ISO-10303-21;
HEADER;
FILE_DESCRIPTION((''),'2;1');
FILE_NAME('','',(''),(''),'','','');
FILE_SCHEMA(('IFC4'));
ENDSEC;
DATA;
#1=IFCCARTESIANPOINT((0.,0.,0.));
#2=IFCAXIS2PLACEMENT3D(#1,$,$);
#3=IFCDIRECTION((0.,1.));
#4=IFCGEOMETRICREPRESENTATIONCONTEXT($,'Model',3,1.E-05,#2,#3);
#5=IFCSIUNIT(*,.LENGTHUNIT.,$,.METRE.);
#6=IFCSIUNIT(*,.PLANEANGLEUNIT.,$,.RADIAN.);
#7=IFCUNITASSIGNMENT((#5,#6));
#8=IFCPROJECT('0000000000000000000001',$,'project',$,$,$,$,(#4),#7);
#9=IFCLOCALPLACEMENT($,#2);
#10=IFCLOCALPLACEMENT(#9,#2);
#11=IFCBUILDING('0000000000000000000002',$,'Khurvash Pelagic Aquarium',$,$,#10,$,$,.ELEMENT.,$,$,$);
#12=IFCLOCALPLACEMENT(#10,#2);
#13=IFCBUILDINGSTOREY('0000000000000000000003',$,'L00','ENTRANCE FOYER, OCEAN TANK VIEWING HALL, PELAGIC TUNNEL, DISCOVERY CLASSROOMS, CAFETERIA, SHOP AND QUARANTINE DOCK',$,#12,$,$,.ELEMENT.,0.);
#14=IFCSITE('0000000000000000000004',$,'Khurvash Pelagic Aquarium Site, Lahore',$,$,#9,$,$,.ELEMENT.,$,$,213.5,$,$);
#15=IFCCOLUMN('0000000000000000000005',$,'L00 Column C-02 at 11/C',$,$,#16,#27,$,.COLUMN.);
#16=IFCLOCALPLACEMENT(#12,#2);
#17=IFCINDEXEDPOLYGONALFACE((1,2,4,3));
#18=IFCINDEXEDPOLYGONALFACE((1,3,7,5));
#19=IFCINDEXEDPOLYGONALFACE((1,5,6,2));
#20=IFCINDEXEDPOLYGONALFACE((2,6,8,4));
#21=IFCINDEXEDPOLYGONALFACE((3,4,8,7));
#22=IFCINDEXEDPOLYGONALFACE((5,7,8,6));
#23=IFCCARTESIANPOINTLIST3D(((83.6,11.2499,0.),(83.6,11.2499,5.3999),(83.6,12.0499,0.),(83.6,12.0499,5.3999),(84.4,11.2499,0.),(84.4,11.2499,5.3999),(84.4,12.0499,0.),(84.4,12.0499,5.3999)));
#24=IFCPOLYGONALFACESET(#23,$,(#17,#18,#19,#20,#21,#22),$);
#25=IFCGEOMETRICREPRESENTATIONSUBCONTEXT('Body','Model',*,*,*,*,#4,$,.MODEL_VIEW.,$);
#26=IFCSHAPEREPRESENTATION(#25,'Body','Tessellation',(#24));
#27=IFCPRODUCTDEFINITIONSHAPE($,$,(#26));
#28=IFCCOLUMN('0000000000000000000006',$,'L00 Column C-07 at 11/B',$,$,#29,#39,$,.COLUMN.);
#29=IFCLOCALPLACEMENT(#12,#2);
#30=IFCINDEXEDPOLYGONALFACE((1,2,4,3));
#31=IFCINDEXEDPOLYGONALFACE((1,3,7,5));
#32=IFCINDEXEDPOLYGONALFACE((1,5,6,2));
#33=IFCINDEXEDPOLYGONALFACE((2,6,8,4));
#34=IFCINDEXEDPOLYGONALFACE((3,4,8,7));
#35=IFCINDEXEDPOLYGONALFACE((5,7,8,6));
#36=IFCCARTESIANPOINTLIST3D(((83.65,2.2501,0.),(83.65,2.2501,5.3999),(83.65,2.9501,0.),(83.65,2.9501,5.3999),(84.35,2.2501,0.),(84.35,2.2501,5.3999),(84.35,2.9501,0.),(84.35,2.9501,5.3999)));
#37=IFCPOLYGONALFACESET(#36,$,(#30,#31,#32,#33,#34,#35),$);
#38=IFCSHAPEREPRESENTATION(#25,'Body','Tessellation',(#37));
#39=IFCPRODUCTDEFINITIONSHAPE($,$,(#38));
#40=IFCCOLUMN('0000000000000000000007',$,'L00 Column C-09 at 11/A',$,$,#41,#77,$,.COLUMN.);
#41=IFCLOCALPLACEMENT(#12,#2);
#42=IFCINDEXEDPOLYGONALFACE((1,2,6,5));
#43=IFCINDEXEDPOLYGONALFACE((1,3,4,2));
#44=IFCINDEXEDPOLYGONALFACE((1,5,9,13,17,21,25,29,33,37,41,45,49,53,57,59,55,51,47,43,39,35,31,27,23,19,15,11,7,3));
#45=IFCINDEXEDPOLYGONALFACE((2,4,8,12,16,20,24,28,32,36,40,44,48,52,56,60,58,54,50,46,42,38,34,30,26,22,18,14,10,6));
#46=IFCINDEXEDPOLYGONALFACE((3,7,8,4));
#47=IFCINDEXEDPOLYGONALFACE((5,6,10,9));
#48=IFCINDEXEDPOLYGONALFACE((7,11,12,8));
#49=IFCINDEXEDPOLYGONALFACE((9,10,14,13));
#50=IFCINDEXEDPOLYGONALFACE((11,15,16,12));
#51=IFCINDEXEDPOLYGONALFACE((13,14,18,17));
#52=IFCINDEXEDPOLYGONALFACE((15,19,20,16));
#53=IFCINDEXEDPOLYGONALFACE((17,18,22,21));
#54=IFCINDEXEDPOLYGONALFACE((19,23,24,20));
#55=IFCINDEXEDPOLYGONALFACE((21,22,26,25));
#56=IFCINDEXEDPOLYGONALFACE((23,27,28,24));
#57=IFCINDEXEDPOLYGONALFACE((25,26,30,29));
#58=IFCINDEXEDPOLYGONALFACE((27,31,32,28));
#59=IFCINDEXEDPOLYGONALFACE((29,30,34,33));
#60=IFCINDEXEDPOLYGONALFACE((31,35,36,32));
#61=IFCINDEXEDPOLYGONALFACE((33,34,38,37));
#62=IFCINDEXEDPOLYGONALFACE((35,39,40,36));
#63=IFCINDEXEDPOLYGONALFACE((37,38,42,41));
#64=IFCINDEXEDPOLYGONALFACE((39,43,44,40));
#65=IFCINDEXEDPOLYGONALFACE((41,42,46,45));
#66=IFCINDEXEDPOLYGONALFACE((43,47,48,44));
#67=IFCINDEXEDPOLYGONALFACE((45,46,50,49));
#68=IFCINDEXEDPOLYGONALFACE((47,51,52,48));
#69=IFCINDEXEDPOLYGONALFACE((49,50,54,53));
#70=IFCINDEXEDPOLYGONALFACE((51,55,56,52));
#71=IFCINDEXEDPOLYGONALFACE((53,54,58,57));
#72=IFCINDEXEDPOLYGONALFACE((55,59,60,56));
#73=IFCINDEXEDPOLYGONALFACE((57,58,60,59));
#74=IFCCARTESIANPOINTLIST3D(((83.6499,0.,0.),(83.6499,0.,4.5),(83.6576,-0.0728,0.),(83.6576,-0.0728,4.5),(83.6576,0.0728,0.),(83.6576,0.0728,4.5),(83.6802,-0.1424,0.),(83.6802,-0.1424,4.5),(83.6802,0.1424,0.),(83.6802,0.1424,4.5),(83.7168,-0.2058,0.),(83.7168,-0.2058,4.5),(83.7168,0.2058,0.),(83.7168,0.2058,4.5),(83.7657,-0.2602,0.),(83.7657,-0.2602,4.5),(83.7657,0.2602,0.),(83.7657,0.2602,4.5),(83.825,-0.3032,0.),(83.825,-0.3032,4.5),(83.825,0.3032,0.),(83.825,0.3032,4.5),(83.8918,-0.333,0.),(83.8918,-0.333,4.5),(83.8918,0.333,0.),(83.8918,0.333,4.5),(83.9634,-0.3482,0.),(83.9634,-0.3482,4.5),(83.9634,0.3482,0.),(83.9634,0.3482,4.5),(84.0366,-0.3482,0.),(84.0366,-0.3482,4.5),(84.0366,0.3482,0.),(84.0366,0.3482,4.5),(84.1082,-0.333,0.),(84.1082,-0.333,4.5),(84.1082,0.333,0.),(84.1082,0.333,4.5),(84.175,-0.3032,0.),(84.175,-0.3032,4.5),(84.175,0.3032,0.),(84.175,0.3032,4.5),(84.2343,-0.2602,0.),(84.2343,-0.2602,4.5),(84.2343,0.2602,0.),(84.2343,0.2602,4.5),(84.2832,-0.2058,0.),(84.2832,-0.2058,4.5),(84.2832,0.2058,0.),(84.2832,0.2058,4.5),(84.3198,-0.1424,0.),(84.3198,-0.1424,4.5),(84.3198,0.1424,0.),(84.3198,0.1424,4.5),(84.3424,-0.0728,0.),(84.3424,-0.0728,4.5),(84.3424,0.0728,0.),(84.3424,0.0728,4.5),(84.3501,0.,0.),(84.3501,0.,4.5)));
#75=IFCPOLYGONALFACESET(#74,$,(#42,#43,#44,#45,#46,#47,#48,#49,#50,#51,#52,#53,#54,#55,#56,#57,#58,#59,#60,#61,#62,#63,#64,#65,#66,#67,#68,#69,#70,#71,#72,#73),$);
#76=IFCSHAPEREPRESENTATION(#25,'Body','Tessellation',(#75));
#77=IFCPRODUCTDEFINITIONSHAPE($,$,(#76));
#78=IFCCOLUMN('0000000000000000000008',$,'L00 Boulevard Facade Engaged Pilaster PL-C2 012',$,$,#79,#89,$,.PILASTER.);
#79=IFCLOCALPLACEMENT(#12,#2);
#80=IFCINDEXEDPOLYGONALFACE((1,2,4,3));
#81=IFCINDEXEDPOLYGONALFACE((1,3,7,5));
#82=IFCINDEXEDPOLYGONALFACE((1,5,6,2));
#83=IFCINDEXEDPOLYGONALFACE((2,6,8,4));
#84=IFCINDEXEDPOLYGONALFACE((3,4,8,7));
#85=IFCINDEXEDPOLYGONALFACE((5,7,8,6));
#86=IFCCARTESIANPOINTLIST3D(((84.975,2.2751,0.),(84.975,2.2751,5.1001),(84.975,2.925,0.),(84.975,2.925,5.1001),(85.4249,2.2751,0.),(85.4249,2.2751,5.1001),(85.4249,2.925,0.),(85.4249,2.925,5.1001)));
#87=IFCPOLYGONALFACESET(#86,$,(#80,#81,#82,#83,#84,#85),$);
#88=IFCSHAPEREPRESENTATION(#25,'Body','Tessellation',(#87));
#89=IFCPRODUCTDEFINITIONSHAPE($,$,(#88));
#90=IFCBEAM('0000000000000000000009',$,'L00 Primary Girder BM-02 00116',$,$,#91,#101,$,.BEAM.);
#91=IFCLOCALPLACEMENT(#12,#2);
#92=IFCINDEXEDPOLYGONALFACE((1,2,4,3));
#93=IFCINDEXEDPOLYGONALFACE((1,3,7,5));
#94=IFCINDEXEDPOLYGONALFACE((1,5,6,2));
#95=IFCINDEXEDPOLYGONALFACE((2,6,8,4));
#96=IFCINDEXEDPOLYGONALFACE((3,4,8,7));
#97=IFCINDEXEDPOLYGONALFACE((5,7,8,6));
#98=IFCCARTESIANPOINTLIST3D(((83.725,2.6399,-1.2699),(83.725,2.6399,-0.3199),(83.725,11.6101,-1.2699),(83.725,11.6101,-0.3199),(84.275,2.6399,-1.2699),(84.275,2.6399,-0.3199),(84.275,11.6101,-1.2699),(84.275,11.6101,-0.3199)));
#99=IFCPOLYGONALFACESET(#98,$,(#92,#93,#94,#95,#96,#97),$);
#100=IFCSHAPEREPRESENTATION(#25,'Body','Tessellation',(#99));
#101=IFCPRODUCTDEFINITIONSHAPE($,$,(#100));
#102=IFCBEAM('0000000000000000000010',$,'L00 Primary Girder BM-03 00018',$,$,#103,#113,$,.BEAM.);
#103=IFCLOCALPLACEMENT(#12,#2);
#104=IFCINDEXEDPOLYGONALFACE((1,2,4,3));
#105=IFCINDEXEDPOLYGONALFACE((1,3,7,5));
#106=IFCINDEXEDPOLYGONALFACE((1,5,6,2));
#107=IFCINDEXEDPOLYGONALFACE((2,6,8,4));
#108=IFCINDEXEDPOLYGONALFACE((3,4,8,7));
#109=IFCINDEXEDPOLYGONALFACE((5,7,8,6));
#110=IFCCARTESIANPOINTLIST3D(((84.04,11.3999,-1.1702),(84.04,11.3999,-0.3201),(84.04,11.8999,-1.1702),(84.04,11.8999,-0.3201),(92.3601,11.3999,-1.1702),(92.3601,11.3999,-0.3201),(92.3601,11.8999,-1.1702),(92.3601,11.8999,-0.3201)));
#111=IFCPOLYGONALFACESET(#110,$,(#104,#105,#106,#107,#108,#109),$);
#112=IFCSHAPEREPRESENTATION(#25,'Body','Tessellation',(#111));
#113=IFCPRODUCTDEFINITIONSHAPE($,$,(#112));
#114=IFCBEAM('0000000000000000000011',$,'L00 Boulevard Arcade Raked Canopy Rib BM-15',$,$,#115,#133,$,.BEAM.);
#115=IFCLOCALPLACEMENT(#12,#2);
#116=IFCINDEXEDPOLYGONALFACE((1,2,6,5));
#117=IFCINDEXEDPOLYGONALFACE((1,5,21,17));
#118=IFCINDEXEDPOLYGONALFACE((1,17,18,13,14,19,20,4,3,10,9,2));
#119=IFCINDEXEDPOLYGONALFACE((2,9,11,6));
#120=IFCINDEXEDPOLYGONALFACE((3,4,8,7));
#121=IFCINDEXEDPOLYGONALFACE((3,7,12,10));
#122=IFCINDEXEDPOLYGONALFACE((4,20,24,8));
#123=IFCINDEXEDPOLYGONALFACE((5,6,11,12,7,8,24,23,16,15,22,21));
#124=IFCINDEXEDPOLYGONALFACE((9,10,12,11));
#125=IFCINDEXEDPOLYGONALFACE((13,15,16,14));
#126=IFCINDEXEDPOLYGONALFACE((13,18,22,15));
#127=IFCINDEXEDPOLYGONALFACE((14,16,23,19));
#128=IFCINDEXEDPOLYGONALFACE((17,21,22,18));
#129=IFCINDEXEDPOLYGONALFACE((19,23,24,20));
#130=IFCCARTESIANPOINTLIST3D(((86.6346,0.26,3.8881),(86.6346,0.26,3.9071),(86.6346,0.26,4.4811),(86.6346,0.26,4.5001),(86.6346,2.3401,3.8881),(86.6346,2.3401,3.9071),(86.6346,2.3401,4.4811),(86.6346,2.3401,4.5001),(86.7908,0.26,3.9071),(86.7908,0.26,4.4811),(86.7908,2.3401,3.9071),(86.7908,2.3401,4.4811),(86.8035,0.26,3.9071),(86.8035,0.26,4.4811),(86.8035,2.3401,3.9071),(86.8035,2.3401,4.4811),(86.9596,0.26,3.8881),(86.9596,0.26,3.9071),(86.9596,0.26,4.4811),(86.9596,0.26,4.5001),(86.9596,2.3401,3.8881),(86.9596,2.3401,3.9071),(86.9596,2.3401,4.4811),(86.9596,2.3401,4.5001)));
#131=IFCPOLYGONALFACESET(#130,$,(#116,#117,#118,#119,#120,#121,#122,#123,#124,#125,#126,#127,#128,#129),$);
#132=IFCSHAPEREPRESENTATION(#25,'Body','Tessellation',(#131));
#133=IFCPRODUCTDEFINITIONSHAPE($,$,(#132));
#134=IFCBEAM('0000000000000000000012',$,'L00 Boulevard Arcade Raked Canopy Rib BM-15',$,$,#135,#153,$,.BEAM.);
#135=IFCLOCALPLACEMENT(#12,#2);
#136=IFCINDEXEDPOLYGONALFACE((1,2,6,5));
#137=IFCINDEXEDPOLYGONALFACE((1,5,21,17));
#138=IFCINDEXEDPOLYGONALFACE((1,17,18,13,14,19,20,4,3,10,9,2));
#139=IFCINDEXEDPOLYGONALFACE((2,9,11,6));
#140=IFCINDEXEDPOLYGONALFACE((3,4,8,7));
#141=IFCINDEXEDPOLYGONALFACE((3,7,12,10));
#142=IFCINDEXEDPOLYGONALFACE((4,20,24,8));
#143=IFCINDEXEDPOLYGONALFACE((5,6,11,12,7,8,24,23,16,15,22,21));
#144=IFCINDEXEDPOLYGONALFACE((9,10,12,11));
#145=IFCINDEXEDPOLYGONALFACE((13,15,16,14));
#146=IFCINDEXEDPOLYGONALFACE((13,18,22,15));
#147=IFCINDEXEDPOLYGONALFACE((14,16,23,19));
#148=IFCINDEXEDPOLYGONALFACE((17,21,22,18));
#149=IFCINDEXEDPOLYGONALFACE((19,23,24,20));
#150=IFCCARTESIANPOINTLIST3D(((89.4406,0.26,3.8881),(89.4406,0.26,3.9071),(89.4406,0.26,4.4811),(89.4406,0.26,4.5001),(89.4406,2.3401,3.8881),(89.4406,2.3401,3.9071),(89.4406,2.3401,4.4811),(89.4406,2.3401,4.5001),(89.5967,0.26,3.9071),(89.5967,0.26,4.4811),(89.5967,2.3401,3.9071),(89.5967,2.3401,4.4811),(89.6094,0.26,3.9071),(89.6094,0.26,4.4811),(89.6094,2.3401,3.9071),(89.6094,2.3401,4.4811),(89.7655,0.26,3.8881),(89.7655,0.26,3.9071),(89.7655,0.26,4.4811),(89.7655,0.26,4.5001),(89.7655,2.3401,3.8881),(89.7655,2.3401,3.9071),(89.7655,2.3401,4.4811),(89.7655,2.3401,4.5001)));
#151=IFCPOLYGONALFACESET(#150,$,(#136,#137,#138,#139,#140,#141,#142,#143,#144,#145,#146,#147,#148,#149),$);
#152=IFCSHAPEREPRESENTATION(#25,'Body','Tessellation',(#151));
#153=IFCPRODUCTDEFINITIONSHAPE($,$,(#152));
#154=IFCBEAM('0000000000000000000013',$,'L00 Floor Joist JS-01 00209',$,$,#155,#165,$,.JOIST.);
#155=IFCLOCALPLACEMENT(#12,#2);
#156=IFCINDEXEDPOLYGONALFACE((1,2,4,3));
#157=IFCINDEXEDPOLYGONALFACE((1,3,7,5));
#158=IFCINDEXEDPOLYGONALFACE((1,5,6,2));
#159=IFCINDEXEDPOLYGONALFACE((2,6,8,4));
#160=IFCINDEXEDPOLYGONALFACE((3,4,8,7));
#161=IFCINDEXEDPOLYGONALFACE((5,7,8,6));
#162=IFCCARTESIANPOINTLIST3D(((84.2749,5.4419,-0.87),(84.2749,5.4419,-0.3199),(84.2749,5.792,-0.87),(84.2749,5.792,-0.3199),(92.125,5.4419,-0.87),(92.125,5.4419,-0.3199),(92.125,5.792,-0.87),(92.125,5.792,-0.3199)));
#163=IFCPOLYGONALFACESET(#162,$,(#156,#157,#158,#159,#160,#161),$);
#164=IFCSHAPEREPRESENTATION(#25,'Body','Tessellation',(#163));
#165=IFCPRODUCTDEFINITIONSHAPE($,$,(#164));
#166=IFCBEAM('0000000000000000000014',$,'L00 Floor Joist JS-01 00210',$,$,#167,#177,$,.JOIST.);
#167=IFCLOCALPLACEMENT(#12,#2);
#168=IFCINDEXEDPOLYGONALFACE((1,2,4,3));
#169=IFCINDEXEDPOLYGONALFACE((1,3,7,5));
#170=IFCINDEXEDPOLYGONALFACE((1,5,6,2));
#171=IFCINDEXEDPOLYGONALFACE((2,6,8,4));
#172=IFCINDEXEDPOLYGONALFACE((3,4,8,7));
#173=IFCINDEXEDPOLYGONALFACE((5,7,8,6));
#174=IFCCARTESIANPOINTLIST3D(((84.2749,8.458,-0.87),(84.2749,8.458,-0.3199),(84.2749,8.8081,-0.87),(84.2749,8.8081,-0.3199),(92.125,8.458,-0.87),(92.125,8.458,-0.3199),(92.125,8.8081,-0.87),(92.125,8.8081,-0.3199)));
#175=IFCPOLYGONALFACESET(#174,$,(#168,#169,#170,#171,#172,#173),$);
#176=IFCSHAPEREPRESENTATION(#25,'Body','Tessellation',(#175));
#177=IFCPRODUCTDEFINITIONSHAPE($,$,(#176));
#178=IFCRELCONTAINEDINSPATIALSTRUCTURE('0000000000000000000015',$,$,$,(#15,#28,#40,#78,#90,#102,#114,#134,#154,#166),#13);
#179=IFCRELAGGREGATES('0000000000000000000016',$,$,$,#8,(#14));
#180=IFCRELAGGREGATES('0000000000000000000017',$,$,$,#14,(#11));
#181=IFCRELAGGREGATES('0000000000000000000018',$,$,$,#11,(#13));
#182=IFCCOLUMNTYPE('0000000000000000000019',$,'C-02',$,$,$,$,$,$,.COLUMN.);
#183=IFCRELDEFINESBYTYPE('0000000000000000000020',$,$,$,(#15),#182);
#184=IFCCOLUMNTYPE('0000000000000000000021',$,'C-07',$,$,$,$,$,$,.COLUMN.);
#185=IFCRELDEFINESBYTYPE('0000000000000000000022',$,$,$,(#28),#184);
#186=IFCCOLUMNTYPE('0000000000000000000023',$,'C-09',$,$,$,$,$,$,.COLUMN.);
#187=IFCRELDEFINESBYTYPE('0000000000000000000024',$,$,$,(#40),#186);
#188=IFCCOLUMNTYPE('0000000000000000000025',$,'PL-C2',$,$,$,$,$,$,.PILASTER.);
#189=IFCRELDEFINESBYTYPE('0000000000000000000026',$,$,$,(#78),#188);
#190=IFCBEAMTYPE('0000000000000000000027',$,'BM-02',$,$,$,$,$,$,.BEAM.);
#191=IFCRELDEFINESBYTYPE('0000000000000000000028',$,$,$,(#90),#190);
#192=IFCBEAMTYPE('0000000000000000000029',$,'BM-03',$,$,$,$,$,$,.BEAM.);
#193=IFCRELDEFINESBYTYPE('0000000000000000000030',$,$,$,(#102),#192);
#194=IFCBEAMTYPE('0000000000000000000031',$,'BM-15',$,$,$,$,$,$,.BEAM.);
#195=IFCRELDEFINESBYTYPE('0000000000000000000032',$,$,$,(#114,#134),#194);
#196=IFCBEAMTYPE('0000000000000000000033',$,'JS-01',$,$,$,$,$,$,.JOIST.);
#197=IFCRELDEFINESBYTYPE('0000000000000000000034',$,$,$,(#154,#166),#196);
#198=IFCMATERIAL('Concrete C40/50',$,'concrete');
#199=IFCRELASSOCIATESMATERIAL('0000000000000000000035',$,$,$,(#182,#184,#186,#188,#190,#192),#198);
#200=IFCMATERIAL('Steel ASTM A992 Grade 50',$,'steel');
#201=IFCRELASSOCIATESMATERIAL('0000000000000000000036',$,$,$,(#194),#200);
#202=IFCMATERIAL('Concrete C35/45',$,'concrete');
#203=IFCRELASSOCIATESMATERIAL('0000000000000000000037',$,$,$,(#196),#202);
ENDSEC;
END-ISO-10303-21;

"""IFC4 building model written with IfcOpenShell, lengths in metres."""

from ifc_helpers import new_model, si_unit, direction, frame, origin, origin_2d, place, context, subcontext, project, spatial, rectangle, circle, i_section, extrude, material, material_profile, profile_set, type_object, element, save


model = new_model("IFC4")

# Units and contexts
model_context = context("Model", 3, precision=1e-05, world=origin(), true_north=direction((0.0, 1.0)))
body_context = subcontext(model_context, "Body", "Model", "MODEL_VIEW")
ifc_project = project(units=[si_unit("LENGTHUNIT", "METRE"), si_unit("PLANEANGLEUNIT", "RADIAN")], contexts=[model_context])

# Site, building, storey
site_placement = place(None, origin())
site = spatial("IfcSite", under=ifc_project, at=site_placement, Name="Khurvash Pelagic Aquarium Site, Lahore", CompositionType="ELEMENT", RefElevation=213.5)
building_placement = place(site_placement, origin())
building = spatial("IfcBuilding", under=site, at=building_placement, Name="Khurvash Pelagic Aquarium", CompositionType="ELEMENT")
storey_placement = place(building_placement, origin())
storey = spatial("IfcBuildingStorey", under=building, at=storey_placement, Name="L00", Description="ENTRANCE FOYER, OCEAN TANK VIEWING HALL, PELAGIC TUNNEL, DISCOVERY CLASSROOMS, CAFETERIA, SHOP AND QUARANTINE DOCK", CompositionType="ELEMENT", Elevation=0.0)

# Columns
ifc_material_1 = material(Name="Concrete C40/50", Category="concrete")
ifc_material_profile_1 = material_profile(ifc_material_1, rectangle(XDim=0.8, YDim=0.8, at=origin_2d()), Name="RC800X800")
ifc_profile_set_1 = profile_set([ifc_material_profile_1], Name="Concrete C40/50")
column_type_1 = type_object("IfcColumnType", Name="C-02", PredefinedType="COLUMN", material=ifc_profile_set_1)
column_1_placement = place(storey_placement, frame((84.0, 11.6499, 0.0), z_axis=(0.0, 0.0, 1.0), x_axis=(1.0, 0.0, 0.0)))
element("IfcColumn", 1, at=column_1_placement, inside=storey, type_object=column_type_1, Name="L00 Column C-02 at 11/C", PredefinedType="COLUMN", context=body_context, shape_type="SweptSolid", body=[
    extrude(rectangle(XDim=0.8, YDim=0.8, at=origin_2d()), origin(), (0.0, 0.0, 1.0), 5.3999),
])
ifc_material_profile_2 = material_profile(ifc_material_1, rectangle(XDim=0.7, YDim=0.7, at=origin_2d()), Name="RC700X700")
ifc_profile_set_2 = profile_set([ifc_material_profile_2], Name="Concrete C40/50")
column_type_2 = type_object("IfcColumnType", Name="C-07", PredefinedType="COLUMN", material=ifc_profile_set_2)
column_2_placement = place(storey_placement, frame((84.0, 2.6001, 0.0), z_axis=(0.0, 0.0, 1.0), x_axis=(1.0, 0.0, 0.0)))
element("IfcColumn", 2, at=column_2_placement, inside=storey, type_object=column_type_2, Name="L00 Column C-07 at 11/B", PredefinedType="COLUMN", context=body_context, shape_type="SweptSolid", body=[
    extrude(rectangle(XDim=0.7, YDim=0.7, at=origin_2d()), origin(), (0.0, 0.0, 1.0), 5.3999),
])
ifc_material_profile_3 = material_profile(ifc_material_1, circle(Radius=0.3501, at=origin_2d()), Name="RC700D")
ifc_profile_set_3 = profile_set([ifc_material_profile_3], Name="Concrete C40/50")
column_type_3 = type_object("IfcColumnType", Name="C-09", PredefinedType="COLUMN", material=ifc_profile_set_3)
column_3_placement = place(storey_placement, frame((84.0, 0.0, 0.0), z_axis=(0.0, 0.0, 1.0), x_axis=(1.0, 0.0, 0.0)))
element("IfcColumn", 3, at=column_3_placement, inside=storey, type_object=column_type_3, Name="L00 Column C-09 at 11/A", PredefinedType="COLUMN", context=body_context, shape_type="SweptSolid", body=[
    extrude(circle(Radius=0.3501, at=origin_2d()), origin(), (0.0, 0.0, 1.0), 4.5),
])
ifc_material_profile_4 = material_profile(ifc_material_1, rectangle(XDim=0.45, YDim=0.6499, at=origin_2d()), Name="RC450X650")
ifc_profile_set_4 = profile_set([ifc_material_profile_4], Name="Concrete C40/50")
column_type_4 = type_object("IfcColumnType", Name="PL-C2", PredefinedType="PILASTER", material=ifc_profile_set_4)
column_4_placement = place(storey_placement, frame((85.2, 2.6001, 0.0), z_axis=(0.0, 0.0, 1.0), x_axis=(1.0, 0.0, 0.0)))
element("IfcColumn", 4, at=column_4_placement, inside=storey, type_object=column_type_4, Name="L00 Boulevard Facade Engaged Pilaster PL-C2 012", PredefinedType="PILASTER", context=body_context, shape_type="SweptSolid", body=[
    extrude(rectangle(XDim=0.45, YDim=0.6499, at=origin_2d()), origin(), (0.0, 0.0, 1.0), 5.1001),
])

# Beams
ifc_material_profile_5 = material_profile(ifc_material_1, rectangle(XDim=0.55, YDim=0.95, at=origin_2d()), Name="RC550X950")
ifc_profile_set_5 = profile_set([ifc_material_profile_5], Name="Concrete C40/50")
beam_type_1 = type_object("IfcBeamType", Name="BM-02", PredefinedType="BEAM", material=ifc_profile_set_5)
beam_1_placement = place(storey_placement, frame((84.0, 2.6399, -0.7949), z_axis=(0.0, 1.0, 0.0), x_axis=(-1.0, 0.0, 0.0)))
element("IfcBeam", 5, at=beam_1_placement, inside=storey, type_object=beam_type_1, Name="L00 Primary Girder BM-02 00116", PredefinedType="BEAM", context=body_context, shape_type="SweptSolid", body=[
    extrude(rectangle(XDim=0.55, YDim=0.95, at=origin_2d()), origin(), (0.0, 0.0, 1.0), 8.9702),
])
ifc_material_profile_6 = material_profile(ifc_material_1, rectangle(XDim=0.5, YDim=0.8501, at=origin_2d()), Name="RC500X850")
ifc_profile_set_6 = profile_set([ifc_material_profile_6], Name="Concrete C40/50")
beam_type_2 = type_object("IfcBeamType", Name="BM-03", PredefinedType="BEAM", material=ifc_profile_set_6)
beam_2_placement = place(storey_placement, frame((84.04, 11.6499, -0.7451), z_axis=(1.0, 0.0, 0.0), x_axis=(0.0, 1.0, 0.0)))
element("IfcBeam", 6, at=beam_2_placement, inside=storey, type_object=beam_type_2, Name="L00 Primary Girder BM-03 00018", PredefinedType="BEAM", context=body_context, shape_type="SweptSolid", body=[
    extrude(rectangle(XDim=0.5, YDim=0.8501, at=origin_2d()), origin(), (0.0, 0.0, 1.0), 8.3201),
])
ifc_material_2 = material(Name="Steel ASTM A992 Grade 50", Category="steel")
ifc_material_profile_7 = material_profile(ifc_material_2, i_section(OverallWidth=0.325, OverallDepth=0.6121, WebThickness=0.0127, FlangeThickness=0.019, at=origin_2d()), Name="W24X104")
ifc_profile_set_7 = profile_set([ifc_material_profile_7], Name="Steel ASTM A992 Grade 50")
beam_type_3 = type_object("IfcBeamType", Name="BM-15", PredefinedType="BEAM", material=ifc_profile_set_7)
for number, where, z_axis, x_axis, name in (
    (7, (86.7971, 2.3401, 4.1941), (0.0, -1.0, 0.0), (1.0, 0.0, 0.0), "L00 Boulevard Arcade Raked Canopy Rib BM-15"),
    (8, (89.603, 2.3401, 4.1941), (0.0, -1.0, 0.0), (1.0, 0.0, 0.0), "L00 Boulevard Arcade Raked Canopy Rib BM-15"),
):
    element("IfcBeam", number, at=place(storey_placement, frame(where, z_axis=z_axis, x_axis=x_axis)), inside=storey, type_object=beam_type_3, Name=name, PredefinedType="BEAM", context=body_context, shape_type="SweptSolid", body=[
        extrude(i_section(OverallWidth=0.325, OverallDepth=0.6121, WebThickness=0.0127, FlangeThickness=0.019, at=origin_2d()), origin(), (0.0, 0.0, 1.0), 2.0801),
    ])
ifc_material_3 = material(Name="Concrete C35/45", Category="concrete")
ifc_material_profile_8 = material_profile(ifc_material_3, rectangle(XDim=0.3501, YDim=0.55, at=origin_2d()), Name="RC350X550")
ifc_profile_set_8 = profile_set([ifc_material_profile_8], Name="Concrete C35/45")
beam_type_4 = type_object("IfcBeamType", Name="JS-01", PredefinedType="JOIST", material=ifc_profile_set_8)
for number, where, z_axis, x_axis, name in (
    (9, (84.2749, 5.6169, -0.595), (1.0, 0.0, 0.0), (0.0, 1.0, 0.0), "L00 Floor Joist JS-01 00209"),
    (10, (84.2749, 8.6331, -0.595), (1.0, 0.0, 0.0), (0.0, 1.0, 0.0), "L00 Floor Joist JS-01 00210"),
):
    element("IfcBeam", number, at=place(storey_placement, frame(where, z_axis=z_axis, x_axis=x_axis)), inside=storey, type_object=beam_type_4, Name=name, PredefinedType="JOIST", context=body_context, shape_type="SweptSolid", body=[
        extrude(rectangle(XDim=0.3501, YDim=0.55, at=origin_2d()), origin(), (0.0, 0.0, 1.0), 7.8501),
    ])

save(model, "model.ifc")
